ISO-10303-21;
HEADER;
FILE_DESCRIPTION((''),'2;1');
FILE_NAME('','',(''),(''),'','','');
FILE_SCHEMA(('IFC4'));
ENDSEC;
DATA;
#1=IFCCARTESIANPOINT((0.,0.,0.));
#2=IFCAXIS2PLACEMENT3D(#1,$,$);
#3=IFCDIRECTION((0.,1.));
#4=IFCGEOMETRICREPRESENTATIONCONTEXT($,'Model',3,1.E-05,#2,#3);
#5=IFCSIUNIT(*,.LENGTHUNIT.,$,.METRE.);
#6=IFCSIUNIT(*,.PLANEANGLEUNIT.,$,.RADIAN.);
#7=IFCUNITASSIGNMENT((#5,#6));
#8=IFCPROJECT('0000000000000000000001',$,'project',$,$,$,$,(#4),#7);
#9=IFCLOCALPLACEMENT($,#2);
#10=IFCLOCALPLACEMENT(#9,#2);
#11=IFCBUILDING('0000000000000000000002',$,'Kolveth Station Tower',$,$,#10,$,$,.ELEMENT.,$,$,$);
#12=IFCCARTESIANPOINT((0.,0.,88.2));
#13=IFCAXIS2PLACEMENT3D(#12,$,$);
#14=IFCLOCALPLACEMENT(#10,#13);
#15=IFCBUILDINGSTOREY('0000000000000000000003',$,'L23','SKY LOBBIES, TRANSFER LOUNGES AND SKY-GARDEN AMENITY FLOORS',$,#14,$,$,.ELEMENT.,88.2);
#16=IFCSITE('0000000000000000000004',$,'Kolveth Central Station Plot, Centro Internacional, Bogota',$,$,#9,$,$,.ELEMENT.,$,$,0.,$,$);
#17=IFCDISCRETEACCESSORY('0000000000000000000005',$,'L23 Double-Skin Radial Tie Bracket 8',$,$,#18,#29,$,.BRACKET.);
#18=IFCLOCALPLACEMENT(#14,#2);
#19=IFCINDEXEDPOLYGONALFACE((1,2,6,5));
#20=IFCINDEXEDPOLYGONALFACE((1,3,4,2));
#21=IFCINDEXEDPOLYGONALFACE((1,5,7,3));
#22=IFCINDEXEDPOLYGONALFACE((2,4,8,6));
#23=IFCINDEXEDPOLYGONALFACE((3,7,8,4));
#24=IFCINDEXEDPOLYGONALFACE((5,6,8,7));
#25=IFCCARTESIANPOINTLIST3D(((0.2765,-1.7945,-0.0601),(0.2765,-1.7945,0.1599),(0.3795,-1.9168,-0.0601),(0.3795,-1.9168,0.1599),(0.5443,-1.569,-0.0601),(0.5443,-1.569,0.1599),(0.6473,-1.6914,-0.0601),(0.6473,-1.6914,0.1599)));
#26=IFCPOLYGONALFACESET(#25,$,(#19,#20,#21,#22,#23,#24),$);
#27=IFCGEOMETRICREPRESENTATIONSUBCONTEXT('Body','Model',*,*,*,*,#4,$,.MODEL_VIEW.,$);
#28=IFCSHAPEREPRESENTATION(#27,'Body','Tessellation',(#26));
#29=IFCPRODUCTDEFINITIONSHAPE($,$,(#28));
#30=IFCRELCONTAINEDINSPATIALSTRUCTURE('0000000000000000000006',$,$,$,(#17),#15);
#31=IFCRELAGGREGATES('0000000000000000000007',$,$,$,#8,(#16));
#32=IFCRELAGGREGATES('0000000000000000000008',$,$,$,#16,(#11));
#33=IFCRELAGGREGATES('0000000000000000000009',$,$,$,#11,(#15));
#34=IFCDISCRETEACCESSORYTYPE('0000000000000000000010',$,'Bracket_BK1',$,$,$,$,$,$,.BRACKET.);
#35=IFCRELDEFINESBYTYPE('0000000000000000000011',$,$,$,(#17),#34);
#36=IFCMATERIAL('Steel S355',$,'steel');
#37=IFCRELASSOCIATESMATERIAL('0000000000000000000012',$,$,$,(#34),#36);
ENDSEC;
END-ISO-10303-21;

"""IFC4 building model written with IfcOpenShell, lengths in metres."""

from ifc_helpers import new_model, si_unit, direction, frame, origin, origin_2d, place, context, subcontext, project, spatial, rectangle, extrude, source, transform, mapped, material, type_object, element, save


model = new_model("IFC4")

# Units and contexts
model_context = context("Model", 3, precision=1e-05, world=origin(), true_north=direction((0.0, 1.0)))
body_context = subcontext(model_context, "Body", "Model", "MODEL_VIEW")
ifc_project = project(units=[si_unit("LENGTHUNIT", "METRE"), si_unit("PLANEANGLEUNIT", "RADIAN")], contexts=[model_context])

# Site, building, storey
site_placement = place(None, origin())
site = spatial("IfcSite", under=ifc_project, at=site_placement, Name="Kolveth Central Station Plot, Centro Internacional, Bogota", CompositionType="ELEMENT", RefElevation=0.0)
building_placement = place(site_placement, origin())
building = spatial("IfcBuilding", under=site, at=building_placement, Name="Kolveth Station Tower", CompositionType="ELEMENT")
storey_placement = place(building_placement, frame((0.0, 0.0, 88.2)))
storey = spatial("IfcBuildingStorey", under=building, at=storey_placement, Name="L23", Description="SKY LOBBIES, TRANSFER LOUNGES AND SKY-GARDEN AMENITY FLOORS", CompositionType="ELEMENT", Elevation=88.2)

# Discrete accessory
ifc_material_1 = material(Name="Steel S355", Category="steel")
discrete_accessory_type = type_object("IfcDiscreteAccessoryType", Name="Bracket_BK1", PredefinedType="BRACKET", material=ifc_material_1)
shared_shape_1 = source(origin(), body_context, "Body", "SweptSolid", [
    extrude(rectangle(XDim=0.3501, YDim=0.1599, at=origin_2d()), origin(), (0.0, 0.0, 1.0), 0.22),
])
discrete_accessory_placement = place(storey_placement, frame((0.4619, -1.7429, -0.0601), z_axis=(0.0, 0.0, 1.0), x_axis=(-0.765034, -0.64399, 0.0)))
element("IfcDiscreteAccessory", 1, at=discrete_accessory_placement, inside=storey, type_object=discrete_accessory_type, Name="L23 Double-Skin Radial Tie Bracket 8", PredefinedType="BRACKET", context=body_context, shape_type="MappedRepresentation", body=[
    mapped(shared_shape_1, transform((0.0, 0.0, 0.0), x_axis=(1.0, 0.0, 0.0), y_axis=(0.0, 1.0, 0.0), z_axis=(0.0, 0.0, 1.0), scale=1.0)),
])

save(model, "model.ifc")
